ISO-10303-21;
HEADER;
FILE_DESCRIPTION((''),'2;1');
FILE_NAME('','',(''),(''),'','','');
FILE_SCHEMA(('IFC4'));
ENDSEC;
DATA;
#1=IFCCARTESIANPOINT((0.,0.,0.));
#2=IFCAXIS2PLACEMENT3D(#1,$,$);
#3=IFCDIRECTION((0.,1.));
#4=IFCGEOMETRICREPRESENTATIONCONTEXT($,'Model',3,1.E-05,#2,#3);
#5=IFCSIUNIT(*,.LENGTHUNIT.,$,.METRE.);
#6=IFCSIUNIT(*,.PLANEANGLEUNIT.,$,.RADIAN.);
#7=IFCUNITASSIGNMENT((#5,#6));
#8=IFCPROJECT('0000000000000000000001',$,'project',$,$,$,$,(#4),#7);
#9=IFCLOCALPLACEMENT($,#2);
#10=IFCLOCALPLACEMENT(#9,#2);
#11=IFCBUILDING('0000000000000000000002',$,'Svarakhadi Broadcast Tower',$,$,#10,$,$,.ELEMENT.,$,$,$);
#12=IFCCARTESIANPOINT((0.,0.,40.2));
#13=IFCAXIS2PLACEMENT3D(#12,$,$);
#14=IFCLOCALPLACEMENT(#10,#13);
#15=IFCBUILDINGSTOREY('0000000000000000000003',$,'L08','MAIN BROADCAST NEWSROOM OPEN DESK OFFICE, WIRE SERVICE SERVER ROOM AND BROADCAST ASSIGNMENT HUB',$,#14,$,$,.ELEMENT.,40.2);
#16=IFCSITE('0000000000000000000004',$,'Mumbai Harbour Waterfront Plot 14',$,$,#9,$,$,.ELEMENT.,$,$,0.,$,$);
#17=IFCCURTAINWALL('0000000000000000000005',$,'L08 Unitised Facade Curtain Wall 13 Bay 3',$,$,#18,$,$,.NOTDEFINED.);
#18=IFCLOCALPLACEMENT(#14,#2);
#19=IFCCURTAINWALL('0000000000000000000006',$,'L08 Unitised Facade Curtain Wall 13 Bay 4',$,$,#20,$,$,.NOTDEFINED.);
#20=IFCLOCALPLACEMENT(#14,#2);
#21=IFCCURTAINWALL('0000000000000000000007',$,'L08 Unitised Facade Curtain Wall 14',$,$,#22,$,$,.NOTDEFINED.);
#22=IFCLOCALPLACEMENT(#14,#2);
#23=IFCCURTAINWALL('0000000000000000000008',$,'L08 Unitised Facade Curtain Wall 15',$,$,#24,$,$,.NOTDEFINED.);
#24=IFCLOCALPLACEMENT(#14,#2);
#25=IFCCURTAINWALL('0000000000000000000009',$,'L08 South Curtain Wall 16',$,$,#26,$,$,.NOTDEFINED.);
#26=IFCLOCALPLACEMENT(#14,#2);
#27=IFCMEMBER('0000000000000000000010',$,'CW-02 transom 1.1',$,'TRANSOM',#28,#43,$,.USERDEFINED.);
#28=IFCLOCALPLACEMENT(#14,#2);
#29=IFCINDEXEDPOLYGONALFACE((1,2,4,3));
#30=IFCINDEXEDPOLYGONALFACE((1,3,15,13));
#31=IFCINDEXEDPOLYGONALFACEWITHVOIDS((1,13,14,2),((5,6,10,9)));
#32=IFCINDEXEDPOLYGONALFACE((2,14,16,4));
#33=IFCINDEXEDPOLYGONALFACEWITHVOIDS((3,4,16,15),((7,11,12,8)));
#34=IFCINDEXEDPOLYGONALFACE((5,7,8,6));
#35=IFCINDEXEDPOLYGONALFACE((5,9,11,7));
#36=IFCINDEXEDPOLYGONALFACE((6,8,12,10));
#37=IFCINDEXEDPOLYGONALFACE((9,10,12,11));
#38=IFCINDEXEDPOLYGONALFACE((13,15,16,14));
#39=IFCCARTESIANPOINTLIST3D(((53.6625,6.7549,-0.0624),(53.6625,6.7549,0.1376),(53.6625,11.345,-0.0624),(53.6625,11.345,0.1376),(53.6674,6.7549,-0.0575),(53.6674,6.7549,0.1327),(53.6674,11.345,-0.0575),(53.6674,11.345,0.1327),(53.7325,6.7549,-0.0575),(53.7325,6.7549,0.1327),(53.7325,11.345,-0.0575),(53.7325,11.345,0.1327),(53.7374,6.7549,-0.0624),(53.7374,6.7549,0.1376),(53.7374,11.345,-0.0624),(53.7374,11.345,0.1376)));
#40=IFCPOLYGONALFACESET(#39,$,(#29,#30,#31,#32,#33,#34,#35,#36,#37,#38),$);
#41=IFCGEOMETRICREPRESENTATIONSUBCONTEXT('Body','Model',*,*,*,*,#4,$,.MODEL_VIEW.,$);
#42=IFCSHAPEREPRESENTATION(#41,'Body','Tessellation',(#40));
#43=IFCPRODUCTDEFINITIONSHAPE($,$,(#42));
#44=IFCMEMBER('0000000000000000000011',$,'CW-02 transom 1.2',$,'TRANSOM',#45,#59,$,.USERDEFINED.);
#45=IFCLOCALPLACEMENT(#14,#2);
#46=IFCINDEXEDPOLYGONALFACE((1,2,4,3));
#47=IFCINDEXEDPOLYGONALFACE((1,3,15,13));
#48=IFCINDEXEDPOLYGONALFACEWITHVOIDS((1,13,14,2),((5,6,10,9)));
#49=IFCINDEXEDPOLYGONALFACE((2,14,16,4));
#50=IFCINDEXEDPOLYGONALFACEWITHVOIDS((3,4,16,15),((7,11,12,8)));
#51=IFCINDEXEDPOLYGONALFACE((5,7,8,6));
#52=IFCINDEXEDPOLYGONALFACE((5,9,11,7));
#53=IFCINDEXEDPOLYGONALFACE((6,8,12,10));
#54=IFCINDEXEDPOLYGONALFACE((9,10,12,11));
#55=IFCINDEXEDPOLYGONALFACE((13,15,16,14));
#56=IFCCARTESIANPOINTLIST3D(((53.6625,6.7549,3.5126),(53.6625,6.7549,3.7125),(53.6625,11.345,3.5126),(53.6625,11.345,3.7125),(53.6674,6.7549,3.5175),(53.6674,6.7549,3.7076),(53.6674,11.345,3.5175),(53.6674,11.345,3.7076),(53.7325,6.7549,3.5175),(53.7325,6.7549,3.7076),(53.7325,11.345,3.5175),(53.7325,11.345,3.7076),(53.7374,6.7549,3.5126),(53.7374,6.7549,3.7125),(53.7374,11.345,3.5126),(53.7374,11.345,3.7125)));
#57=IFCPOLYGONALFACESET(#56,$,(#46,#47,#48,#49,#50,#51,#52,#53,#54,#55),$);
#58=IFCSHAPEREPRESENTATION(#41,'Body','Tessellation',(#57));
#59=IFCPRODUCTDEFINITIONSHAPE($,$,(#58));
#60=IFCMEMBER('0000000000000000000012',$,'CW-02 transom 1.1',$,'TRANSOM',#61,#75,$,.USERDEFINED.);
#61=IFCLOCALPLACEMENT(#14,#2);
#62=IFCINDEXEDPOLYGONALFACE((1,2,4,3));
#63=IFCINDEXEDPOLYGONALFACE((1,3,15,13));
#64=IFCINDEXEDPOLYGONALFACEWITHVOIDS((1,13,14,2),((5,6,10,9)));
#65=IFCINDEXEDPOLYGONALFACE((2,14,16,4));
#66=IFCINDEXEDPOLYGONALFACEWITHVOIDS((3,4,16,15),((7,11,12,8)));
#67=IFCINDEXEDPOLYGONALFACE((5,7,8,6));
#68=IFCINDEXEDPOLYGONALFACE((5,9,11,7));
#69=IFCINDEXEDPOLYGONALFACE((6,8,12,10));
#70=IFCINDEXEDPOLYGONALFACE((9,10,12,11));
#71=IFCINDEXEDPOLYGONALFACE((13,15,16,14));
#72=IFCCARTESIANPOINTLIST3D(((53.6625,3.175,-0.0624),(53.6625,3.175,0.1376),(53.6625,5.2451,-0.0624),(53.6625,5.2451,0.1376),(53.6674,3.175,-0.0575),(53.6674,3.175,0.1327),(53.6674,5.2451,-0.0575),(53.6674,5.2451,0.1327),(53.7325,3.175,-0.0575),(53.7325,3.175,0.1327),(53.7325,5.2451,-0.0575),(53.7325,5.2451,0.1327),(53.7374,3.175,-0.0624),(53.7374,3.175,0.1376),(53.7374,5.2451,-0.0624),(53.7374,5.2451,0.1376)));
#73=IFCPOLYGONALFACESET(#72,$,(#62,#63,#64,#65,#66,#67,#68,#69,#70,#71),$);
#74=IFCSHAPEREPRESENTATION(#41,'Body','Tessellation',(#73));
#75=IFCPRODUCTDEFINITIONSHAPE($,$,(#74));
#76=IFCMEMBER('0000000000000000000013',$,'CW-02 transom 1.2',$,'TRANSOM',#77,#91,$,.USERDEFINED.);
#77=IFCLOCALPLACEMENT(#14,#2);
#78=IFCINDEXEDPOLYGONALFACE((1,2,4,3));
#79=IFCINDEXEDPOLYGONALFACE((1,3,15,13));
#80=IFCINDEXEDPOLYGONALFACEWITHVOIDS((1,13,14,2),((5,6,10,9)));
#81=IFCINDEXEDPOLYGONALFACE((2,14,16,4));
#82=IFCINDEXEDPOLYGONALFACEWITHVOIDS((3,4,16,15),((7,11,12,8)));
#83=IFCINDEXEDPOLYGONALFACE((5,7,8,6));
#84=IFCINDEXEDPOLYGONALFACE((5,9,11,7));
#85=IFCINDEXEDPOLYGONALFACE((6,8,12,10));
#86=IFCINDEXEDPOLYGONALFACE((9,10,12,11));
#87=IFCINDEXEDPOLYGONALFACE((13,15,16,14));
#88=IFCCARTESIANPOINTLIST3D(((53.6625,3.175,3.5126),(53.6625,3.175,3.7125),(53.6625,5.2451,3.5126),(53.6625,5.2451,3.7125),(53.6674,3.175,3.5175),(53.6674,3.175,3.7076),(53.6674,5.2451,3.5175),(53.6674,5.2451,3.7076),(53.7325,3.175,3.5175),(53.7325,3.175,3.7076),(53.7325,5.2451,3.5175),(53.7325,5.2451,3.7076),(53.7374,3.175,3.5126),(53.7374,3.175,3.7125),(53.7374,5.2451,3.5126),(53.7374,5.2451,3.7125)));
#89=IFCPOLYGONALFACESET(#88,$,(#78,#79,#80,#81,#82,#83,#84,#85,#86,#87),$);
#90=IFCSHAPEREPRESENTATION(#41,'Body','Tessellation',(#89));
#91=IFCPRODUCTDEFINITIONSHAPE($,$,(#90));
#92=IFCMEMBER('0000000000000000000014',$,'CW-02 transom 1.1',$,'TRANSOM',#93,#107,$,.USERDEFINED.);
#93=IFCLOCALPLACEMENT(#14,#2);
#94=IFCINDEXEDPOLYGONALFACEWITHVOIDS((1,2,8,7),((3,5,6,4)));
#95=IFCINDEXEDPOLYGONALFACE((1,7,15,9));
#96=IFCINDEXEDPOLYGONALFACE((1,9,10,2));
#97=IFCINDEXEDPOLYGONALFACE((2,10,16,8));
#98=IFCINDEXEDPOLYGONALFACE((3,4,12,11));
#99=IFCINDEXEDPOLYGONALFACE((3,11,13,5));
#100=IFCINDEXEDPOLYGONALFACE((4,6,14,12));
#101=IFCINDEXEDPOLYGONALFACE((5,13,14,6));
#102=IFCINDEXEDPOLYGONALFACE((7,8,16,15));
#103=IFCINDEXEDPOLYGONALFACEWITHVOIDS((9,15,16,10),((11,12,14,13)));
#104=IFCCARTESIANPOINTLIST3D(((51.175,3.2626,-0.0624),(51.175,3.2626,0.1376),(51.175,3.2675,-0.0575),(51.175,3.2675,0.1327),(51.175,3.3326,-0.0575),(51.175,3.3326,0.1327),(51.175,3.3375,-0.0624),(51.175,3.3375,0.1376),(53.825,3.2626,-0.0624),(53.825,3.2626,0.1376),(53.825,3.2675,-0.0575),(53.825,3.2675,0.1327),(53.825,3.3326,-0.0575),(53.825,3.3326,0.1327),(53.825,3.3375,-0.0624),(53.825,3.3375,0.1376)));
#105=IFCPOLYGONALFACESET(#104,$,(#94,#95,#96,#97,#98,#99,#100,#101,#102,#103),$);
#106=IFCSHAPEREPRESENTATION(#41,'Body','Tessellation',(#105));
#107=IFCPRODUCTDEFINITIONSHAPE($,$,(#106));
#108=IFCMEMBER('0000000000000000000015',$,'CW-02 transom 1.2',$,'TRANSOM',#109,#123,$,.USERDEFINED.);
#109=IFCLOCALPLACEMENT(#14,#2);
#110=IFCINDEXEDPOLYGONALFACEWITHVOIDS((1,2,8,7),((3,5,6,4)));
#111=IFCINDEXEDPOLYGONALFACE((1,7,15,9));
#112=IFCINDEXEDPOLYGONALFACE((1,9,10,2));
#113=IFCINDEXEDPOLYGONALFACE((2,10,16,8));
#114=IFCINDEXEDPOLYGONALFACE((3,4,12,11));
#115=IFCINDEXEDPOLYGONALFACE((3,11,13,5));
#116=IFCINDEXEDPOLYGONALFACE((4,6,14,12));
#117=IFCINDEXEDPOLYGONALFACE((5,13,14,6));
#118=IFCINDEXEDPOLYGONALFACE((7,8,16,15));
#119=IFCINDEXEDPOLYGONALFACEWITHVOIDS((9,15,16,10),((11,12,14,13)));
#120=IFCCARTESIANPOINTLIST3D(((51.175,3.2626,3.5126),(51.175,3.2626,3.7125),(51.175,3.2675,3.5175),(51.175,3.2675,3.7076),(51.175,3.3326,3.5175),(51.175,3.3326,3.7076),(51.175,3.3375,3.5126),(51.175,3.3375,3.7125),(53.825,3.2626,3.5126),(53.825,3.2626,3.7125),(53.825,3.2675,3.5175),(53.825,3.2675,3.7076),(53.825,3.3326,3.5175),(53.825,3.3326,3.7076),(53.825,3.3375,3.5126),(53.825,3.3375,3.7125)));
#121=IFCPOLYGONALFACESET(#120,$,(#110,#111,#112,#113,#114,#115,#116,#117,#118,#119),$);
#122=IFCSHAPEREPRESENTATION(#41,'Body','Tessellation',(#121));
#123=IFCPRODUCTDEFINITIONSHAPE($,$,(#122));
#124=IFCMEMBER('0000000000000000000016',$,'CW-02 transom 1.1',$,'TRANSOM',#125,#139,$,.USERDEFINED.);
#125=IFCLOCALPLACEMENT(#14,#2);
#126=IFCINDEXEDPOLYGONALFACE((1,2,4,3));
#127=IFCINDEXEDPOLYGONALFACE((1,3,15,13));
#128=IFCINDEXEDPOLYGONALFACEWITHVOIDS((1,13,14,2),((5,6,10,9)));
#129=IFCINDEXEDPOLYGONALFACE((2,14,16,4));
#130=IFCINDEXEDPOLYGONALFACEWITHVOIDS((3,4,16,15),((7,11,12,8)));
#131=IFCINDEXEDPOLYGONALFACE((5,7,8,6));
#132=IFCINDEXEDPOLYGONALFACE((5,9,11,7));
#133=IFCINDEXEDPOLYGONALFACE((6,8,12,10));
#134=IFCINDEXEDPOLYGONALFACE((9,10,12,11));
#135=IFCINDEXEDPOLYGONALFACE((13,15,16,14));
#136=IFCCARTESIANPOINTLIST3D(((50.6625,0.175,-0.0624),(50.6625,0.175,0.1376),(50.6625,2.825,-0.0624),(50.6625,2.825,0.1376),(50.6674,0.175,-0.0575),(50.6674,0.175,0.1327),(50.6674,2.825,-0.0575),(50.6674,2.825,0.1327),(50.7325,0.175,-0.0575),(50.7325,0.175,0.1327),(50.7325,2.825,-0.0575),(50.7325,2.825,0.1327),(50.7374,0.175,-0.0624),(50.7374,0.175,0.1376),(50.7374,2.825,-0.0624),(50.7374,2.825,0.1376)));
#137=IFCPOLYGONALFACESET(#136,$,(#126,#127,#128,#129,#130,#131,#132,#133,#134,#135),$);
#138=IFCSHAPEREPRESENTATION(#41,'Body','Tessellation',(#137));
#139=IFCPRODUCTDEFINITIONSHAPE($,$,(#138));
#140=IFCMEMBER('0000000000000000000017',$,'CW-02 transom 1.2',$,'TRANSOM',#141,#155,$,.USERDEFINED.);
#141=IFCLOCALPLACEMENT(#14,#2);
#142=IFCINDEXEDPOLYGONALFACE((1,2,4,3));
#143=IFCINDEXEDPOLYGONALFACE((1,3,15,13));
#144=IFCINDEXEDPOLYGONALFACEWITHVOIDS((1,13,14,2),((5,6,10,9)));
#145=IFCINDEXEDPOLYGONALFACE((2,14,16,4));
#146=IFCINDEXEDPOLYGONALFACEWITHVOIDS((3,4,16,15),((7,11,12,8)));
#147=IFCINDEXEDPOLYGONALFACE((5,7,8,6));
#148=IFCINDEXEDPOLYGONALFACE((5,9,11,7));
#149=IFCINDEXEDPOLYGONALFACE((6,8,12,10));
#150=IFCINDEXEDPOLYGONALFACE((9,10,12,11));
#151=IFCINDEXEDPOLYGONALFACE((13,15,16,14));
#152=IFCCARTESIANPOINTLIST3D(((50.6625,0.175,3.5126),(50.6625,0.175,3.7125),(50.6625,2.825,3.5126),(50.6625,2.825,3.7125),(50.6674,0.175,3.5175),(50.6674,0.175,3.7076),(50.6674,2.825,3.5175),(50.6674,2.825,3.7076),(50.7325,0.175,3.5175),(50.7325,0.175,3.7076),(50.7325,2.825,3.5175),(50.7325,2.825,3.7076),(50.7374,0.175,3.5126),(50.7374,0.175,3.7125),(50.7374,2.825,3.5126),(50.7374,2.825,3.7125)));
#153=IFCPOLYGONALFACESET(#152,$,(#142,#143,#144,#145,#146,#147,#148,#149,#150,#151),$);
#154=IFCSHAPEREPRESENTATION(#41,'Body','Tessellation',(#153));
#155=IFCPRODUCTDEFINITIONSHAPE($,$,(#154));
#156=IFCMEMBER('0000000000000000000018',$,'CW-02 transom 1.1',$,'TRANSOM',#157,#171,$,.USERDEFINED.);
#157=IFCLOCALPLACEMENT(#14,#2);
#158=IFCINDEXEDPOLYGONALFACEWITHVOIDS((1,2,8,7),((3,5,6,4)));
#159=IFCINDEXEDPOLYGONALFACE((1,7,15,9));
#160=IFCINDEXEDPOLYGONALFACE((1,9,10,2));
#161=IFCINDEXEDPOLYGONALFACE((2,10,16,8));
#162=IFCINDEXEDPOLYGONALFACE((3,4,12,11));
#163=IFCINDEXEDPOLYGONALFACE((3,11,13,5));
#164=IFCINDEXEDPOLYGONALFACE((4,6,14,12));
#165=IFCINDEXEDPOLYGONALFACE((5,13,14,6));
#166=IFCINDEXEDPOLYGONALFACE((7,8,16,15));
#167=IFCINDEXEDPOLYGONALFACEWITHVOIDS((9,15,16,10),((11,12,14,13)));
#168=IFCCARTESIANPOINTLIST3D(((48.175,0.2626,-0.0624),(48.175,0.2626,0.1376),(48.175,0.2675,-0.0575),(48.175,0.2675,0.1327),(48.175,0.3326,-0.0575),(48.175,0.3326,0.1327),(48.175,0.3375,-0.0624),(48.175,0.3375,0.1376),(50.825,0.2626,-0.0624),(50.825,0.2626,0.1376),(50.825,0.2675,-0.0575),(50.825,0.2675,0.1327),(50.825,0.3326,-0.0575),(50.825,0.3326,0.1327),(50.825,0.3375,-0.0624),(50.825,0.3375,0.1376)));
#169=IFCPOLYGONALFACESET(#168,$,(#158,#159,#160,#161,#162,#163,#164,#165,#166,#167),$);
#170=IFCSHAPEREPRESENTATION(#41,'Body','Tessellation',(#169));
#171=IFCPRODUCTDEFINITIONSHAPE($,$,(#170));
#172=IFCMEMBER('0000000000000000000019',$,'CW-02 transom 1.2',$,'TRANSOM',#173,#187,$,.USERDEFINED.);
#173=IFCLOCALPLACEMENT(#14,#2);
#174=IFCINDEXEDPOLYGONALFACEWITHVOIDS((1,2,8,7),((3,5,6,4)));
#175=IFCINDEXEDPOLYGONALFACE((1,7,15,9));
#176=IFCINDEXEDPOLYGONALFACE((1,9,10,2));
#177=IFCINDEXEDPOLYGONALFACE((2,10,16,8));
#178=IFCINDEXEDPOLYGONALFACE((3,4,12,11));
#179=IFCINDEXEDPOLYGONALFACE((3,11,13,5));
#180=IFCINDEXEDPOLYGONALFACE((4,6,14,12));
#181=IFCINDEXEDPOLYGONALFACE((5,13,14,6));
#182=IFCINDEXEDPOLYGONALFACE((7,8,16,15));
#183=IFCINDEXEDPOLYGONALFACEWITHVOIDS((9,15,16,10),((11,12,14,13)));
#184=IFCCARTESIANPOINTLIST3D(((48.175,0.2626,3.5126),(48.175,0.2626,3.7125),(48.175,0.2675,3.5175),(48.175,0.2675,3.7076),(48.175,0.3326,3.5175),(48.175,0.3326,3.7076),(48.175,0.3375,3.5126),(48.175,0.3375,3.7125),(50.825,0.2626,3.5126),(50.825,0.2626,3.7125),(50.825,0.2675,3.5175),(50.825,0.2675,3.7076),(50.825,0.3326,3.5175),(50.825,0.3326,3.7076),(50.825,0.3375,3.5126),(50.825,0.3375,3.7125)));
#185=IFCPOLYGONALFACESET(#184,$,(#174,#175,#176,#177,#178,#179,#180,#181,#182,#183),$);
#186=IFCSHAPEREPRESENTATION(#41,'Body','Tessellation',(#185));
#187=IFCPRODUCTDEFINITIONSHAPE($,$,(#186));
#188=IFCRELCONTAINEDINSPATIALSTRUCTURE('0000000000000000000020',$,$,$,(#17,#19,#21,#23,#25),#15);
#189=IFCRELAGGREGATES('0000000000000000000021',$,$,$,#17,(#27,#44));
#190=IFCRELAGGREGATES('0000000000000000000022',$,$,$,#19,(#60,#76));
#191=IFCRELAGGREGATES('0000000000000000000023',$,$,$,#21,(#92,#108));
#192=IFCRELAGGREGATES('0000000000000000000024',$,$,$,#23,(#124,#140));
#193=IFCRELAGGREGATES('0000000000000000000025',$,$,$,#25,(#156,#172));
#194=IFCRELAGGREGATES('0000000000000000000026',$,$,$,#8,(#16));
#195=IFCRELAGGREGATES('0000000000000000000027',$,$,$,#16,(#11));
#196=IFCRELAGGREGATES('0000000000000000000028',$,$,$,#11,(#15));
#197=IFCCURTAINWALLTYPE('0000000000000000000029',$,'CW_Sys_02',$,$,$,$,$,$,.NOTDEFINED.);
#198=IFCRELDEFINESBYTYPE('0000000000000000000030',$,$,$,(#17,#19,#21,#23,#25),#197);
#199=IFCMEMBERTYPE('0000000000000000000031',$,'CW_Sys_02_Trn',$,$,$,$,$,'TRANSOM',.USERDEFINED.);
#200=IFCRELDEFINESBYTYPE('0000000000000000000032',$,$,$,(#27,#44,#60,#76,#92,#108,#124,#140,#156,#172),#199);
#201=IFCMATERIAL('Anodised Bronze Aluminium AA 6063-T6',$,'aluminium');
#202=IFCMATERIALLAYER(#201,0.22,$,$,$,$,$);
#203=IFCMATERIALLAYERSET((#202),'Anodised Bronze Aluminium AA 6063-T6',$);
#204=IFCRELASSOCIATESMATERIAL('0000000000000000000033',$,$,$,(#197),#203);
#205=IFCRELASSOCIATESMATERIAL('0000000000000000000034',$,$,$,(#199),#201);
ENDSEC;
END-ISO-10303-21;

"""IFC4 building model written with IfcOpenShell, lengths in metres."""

from ifc_helpers import new_model, si_unit, direction, frame, origin, origin_2d, place, context, subcontext, project, spatial, hollow_rectangle, extrude, material, layer, layer_set, material_profile, profile_set, type_object, element, aggregate, save


model = new_model("IFC4")

# Units and contexts
model_context = context("Model", 3, precision=1e-05, world=origin(), true_north=direction((0.0, 1.0)))
body_context = subcontext(model_context, "Body", "Model", "MODEL_VIEW")
ifc_project = project(units=[si_unit("LENGTHUNIT", "METRE"), si_unit("PLANEANGLEUNIT", "RADIAN")], contexts=[model_context])

# Site, building, storey
site_placement = place(None, origin())
site = spatial("IfcSite", under=ifc_project, at=site_placement, Name="Mumbai Harbour Waterfront Plot 14", CompositionType="ELEMENT", RefElevation=0.0)
building_placement = place(site_placement, origin())
building = spatial("IfcBuilding", under=site, at=building_placement, Name="Svarakhadi Broadcast Tower", CompositionType="ELEMENT")
storey_placement = place(building_placement, frame((0.0, 0.0, 40.2)))
storey = spatial("IfcBuildingStorey", under=building, at=storey_placement, Name="L08", Description="MAIN BROADCAST NEWSROOM OPEN DESK OFFICE, WIRE SERVICE SERVER ROOM AND BROADCAST ASSIGNMENT HUB", CompositionType="ELEMENT", Elevation=40.2)

# Curtain walls
ifc_material_1 = material(Name="Anodised Bronze Aluminium AA 6063-T6", Category="aluminium")
ifc_layer_1 = layer(ifc_material_1, 0.22)
ifc_layer_set_1 = layer_set([ifc_layer_1], Name="Anodised Bronze Aluminium AA 6063-T6")
curtain_wall_type = type_object("IfcCurtainWallType", Name="CW_Sys_02", PredefinedType="NOTDEFINED", material=ifc_layer_set_1)
curtain_wall_1_placement = place(storey_placement, origin())
curtain_wall_1 = element("IfcCurtainWall", 1, at=curtain_wall_1_placement, inside=storey, type_object=curtain_wall_type, Name="L08 Unitised Facade Curtain Wall 13 Bay 3", PredefinedType="NOTDEFINED")
curtain_wall_2_placement = place(storey_placement, origin())
curtain_wall_2 = element("IfcCurtainWall", 2, at=curtain_wall_2_placement, inside=storey, type_object=curtain_wall_type, Name="L08 Unitised Facade Curtain Wall 13 Bay 4", PredefinedType="NOTDEFINED")
curtain_wall_3_placement = place(storey_placement, origin())
curtain_wall_3 = element("IfcCurtainWall", 3, at=curtain_wall_3_placement, inside=storey, type_object=curtain_wall_type, Name="L08 Unitised Facade Curtain Wall 14", PredefinedType="NOTDEFINED")
curtain_wall_4_placement = place(storey_placement, origin())
curtain_wall_4 = element("IfcCurtainWall", 4, at=curtain_wall_4_placement, inside=storey, type_object=curtain_wall_type, Name="L08 Unitised Facade Curtain Wall 15", PredefinedType="NOTDEFINED")
curtain_wall_5_placement = place(storey_placement, origin())
curtain_wall_5 = element("IfcCurtainWall", 5, at=curtain_wall_5_placement, inside=storey, type_object=curtain_wall_type, Name="L08 South Curtain Wall 16", PredefinedType="NOTDEFINED")

# Members
ifc_material_profile_1 = material_profile(ifc_material_1, hollow_rectangle(XDim=0.075, YDim=0.2, WallThickness=0.0049, at=origin_2d()), Name="ALU TRANSOM 200x75x5")
ifc_profile_set_1 = profile_set([ifc_material_profile_1], Name="Anodised Bronze Aluminium AA 6063-T6")
member_type_1 = type_object("IfcMemberType", Name="CW_Sys_02_Trn", ElementType="TRANSOM", PredefinedType="USERDEFINED", material=ifc_profile_set_1)
member_1_placement = place(storey_placement, frame((53.7, 11.345, 0.0376), z_axis=(0.0, -1.0, 0.0), x_axis=(1.0, 0.0, 0.0)))
member_1 = element("IfcMember", 6, at=member_1_placement, type_object=member_type_1, Name="CW-02 transom 1.1", ObjectType="TRANSOM", PredefinedType="USERDEFINED", context=body_context, shape_type="SweptSolid", body=[
    extrude(hollow_rectangle(XDim=0.075, YDim=0.2, WallThickness=0.0049, at=origin_2d()), origin(), (0.0, 0.0, 1.0), 4.5901),
])
member_2_placement = place(storey_placement, frame((53.7, 11.345, 3.6125), z_axis=(0.0, -1.0, 0.0), x_axis=(1.0, 0.0, 0.0)))
member_2 = element("IfcMember", 7, at=member_2_placement, type_object=member_type_1, Name="CW-02 transom 1.2", ObjectType="TRANSOM", PredefinedType="USERDEFINED", context=body_context, shape_type="SweptSolid", body=[
    extrude(hollow_rectangle(XDim=0.075, YDim=0.2, WallThickness=0.0049, at=origin_2d()), origin(), (0.0, 0.0, 1.0), 4.5901),
])
member_3_placement = place(storey_placement, frame((53.7, 5.2451, 0.0376), z_axis=(0.0, -1.0, 0.0), x_axis=(1.0, 0.0, 0.0)))
member_3 = element("IfcMember", 8, at=member_3_placement, type_object=member_type_1, Name="CW-02 transom 1.1", ObjectType="TRANSOM", PredefinedType="USERDEFINED", context=body_context, shape_type="SweptSolid", body=[
    extrude(hollow_rectangle(XDim=0.075, YDim=0.2, WallThickness=0.0049, at=origin_2d()), origin(), (0.0, 0.0, 1.0), 2.0701),
])
member_4_placement = place(storey_placement, frame((53.7, 5.2451, 3.6125), z_axis=(0.0, -1.0, 0.0), x_axis=(1.0, 0.0, 0.0)))
member_4 = element("IfcMember", 9, at=member_4_placement, type_object=member_type_1, Name="CW-02 transom 1.2", ObjectType="TRANSOM", PredefinedType="USERDEFINED", context=body_context, shape_type="SweptSolid", body=[
    extrude(hollow_rectangle(XDim=0.075, YDim=0.2, WallThickness=0.0049, at=origin_2d()), origin(), (0.0, 0.0, 1.0), 2.0701),
])
member_5_placement = place(storey_placement, frame((53.825, 3.3, 0.0376), z_axis=(-1.0, 0.0, 0.0), x_axis=(0.0, -1.0, 0.0)))
member_5 = element("IfcMember", 10, at=member_5_placement, type_object=member_type_1, Name="CW-02 transom 1.1", ObjectType="TRANSOM", PredefinedType="USERDEFINED", context=body_context, shape_type="SweptSolid", body=[
    extrude(hollow_rectangle(XDim=0.075, YDim=0.2, WallThickness=0.0049, at=origin_2d()), origin(), (0.0, 0.0, 1.0), 2.6499),
])
member_6_placement = place(storey_placement, frame((53.825, 3.3, 3.6125), z_axis=(-1.0, 0.0, 0.0), x_axis=(0.0, -1.0, 0.0)))
member_6 = element("IfcMember", 11, at=member_6_placement, type_object=member_type_1, Name="CW-02 transom 1.2", ObjectType="TRANSOM", PredefinedType="USERDEFINED", context=body_context, shape_type="SweptSolid", body=[
    extrude(hollow_rectangle(XDim=0.075, YDim=0.2, WallThickness=0.0049, at=origin_2d()), origin(), (0.0, 0.0, 1.0), 2.6499),
])
member_7_placement = place(storey_placement, frame((50.7, 2.825, 0.0376), z_axis=(0.0, -1.0, 0.0), x_axis=(1.0, 0.0, 0.0)))
member_7 = element("IfcMember", 12, at=member_7_placement, type_object=member_type_1, Name="CW-02 transom 1.1", ObjectType="TRANSOM", PredefinedType="USERDEFINED", context=body_context, shape_type="SweptSolid", body=[
    extrude(hollow_rectangle(XDim=0.075, YDim=0.2, WallThickness=0.0049, at=origin_2d()), origin(), (0.0, 0.0, 1.0), 2.6499),
])
member_8_placement = place(storey_placement, frame((50.7, 2.825, 3.6125), z_axis=(0.0, -1.0, 0.0), x_axis=(1.0, 0.0, 0.0)))
member_8 = element("IfcMember", 13, at=member_8_placement, type_object=member_type_1, Name="CW-02 transom 1.2", ObjectType="TRANSOM", PredefinedType="USERDEFINED", context=body_context, shape_type="SweptSolid", body=[
    extrude(hollow_rectangle(XDim=0.075, YDim=0.2, WallThickness=0.0049, at=origin_2d()), origin(), (0.0, 0.0, 1.0), 2.6499),
])
member_9_placement = place(storey_placement, frame((50.825, 0.3, 0.0376), z_axis=(-1.0, 0.0, 0.0), x_axis=(0.0, -1.0, 0.0)))
member_9 = element("IfcMember", 14, at=member_9_placement, type_object=member_type_1, Name="CW-02 transom 1.1", ObjectType="TRANSOM", PredefinedType="USERDEFINED", context=body_context, shape_type="SweptSolid", body=[
    extrude(hollow_rectangle(XDim=0.075, YDim=0.2, WallThickness=0.0049, at=origin_2d()), origin(), (0.0, 0.0, 1.0), 2.6499),
])
member_10_placement = place(storey_placement, frame((50.825, 0.3, 3.6125), z_axis=(-1.0, 0.0, 0.0), x_axis=(0.0, -1.0, 0.0)))
member_10 = element("IfcMember", 15, at=member_10_placement, type_object=member_type_1, Name="CW-02 transom 1.2", ObjectType="TRANSOM", PredefinedType="USERDEFINED", context=body_context, shape_type="SweptSolid", body=[
    extrude(hollow_rectangle(XDim=0.075, YDim=0.2, WallThickness=0.0049, at=origin_2d()), origin(), (0.0, 0.0, 1.0), 2.6499),
])

aggregate(curtain_wall_1, [member_1, member_2])
aggregate(curtain_wall_2, [member_3, member_4])
aggregate(curtain_wall_3, [member_5, member_6])
aggregate(curtain_wall_4, [member_7, member_8])
aggregate(curtain_wall_5, [member_9, member_10])

save(model, "model.ifc")
